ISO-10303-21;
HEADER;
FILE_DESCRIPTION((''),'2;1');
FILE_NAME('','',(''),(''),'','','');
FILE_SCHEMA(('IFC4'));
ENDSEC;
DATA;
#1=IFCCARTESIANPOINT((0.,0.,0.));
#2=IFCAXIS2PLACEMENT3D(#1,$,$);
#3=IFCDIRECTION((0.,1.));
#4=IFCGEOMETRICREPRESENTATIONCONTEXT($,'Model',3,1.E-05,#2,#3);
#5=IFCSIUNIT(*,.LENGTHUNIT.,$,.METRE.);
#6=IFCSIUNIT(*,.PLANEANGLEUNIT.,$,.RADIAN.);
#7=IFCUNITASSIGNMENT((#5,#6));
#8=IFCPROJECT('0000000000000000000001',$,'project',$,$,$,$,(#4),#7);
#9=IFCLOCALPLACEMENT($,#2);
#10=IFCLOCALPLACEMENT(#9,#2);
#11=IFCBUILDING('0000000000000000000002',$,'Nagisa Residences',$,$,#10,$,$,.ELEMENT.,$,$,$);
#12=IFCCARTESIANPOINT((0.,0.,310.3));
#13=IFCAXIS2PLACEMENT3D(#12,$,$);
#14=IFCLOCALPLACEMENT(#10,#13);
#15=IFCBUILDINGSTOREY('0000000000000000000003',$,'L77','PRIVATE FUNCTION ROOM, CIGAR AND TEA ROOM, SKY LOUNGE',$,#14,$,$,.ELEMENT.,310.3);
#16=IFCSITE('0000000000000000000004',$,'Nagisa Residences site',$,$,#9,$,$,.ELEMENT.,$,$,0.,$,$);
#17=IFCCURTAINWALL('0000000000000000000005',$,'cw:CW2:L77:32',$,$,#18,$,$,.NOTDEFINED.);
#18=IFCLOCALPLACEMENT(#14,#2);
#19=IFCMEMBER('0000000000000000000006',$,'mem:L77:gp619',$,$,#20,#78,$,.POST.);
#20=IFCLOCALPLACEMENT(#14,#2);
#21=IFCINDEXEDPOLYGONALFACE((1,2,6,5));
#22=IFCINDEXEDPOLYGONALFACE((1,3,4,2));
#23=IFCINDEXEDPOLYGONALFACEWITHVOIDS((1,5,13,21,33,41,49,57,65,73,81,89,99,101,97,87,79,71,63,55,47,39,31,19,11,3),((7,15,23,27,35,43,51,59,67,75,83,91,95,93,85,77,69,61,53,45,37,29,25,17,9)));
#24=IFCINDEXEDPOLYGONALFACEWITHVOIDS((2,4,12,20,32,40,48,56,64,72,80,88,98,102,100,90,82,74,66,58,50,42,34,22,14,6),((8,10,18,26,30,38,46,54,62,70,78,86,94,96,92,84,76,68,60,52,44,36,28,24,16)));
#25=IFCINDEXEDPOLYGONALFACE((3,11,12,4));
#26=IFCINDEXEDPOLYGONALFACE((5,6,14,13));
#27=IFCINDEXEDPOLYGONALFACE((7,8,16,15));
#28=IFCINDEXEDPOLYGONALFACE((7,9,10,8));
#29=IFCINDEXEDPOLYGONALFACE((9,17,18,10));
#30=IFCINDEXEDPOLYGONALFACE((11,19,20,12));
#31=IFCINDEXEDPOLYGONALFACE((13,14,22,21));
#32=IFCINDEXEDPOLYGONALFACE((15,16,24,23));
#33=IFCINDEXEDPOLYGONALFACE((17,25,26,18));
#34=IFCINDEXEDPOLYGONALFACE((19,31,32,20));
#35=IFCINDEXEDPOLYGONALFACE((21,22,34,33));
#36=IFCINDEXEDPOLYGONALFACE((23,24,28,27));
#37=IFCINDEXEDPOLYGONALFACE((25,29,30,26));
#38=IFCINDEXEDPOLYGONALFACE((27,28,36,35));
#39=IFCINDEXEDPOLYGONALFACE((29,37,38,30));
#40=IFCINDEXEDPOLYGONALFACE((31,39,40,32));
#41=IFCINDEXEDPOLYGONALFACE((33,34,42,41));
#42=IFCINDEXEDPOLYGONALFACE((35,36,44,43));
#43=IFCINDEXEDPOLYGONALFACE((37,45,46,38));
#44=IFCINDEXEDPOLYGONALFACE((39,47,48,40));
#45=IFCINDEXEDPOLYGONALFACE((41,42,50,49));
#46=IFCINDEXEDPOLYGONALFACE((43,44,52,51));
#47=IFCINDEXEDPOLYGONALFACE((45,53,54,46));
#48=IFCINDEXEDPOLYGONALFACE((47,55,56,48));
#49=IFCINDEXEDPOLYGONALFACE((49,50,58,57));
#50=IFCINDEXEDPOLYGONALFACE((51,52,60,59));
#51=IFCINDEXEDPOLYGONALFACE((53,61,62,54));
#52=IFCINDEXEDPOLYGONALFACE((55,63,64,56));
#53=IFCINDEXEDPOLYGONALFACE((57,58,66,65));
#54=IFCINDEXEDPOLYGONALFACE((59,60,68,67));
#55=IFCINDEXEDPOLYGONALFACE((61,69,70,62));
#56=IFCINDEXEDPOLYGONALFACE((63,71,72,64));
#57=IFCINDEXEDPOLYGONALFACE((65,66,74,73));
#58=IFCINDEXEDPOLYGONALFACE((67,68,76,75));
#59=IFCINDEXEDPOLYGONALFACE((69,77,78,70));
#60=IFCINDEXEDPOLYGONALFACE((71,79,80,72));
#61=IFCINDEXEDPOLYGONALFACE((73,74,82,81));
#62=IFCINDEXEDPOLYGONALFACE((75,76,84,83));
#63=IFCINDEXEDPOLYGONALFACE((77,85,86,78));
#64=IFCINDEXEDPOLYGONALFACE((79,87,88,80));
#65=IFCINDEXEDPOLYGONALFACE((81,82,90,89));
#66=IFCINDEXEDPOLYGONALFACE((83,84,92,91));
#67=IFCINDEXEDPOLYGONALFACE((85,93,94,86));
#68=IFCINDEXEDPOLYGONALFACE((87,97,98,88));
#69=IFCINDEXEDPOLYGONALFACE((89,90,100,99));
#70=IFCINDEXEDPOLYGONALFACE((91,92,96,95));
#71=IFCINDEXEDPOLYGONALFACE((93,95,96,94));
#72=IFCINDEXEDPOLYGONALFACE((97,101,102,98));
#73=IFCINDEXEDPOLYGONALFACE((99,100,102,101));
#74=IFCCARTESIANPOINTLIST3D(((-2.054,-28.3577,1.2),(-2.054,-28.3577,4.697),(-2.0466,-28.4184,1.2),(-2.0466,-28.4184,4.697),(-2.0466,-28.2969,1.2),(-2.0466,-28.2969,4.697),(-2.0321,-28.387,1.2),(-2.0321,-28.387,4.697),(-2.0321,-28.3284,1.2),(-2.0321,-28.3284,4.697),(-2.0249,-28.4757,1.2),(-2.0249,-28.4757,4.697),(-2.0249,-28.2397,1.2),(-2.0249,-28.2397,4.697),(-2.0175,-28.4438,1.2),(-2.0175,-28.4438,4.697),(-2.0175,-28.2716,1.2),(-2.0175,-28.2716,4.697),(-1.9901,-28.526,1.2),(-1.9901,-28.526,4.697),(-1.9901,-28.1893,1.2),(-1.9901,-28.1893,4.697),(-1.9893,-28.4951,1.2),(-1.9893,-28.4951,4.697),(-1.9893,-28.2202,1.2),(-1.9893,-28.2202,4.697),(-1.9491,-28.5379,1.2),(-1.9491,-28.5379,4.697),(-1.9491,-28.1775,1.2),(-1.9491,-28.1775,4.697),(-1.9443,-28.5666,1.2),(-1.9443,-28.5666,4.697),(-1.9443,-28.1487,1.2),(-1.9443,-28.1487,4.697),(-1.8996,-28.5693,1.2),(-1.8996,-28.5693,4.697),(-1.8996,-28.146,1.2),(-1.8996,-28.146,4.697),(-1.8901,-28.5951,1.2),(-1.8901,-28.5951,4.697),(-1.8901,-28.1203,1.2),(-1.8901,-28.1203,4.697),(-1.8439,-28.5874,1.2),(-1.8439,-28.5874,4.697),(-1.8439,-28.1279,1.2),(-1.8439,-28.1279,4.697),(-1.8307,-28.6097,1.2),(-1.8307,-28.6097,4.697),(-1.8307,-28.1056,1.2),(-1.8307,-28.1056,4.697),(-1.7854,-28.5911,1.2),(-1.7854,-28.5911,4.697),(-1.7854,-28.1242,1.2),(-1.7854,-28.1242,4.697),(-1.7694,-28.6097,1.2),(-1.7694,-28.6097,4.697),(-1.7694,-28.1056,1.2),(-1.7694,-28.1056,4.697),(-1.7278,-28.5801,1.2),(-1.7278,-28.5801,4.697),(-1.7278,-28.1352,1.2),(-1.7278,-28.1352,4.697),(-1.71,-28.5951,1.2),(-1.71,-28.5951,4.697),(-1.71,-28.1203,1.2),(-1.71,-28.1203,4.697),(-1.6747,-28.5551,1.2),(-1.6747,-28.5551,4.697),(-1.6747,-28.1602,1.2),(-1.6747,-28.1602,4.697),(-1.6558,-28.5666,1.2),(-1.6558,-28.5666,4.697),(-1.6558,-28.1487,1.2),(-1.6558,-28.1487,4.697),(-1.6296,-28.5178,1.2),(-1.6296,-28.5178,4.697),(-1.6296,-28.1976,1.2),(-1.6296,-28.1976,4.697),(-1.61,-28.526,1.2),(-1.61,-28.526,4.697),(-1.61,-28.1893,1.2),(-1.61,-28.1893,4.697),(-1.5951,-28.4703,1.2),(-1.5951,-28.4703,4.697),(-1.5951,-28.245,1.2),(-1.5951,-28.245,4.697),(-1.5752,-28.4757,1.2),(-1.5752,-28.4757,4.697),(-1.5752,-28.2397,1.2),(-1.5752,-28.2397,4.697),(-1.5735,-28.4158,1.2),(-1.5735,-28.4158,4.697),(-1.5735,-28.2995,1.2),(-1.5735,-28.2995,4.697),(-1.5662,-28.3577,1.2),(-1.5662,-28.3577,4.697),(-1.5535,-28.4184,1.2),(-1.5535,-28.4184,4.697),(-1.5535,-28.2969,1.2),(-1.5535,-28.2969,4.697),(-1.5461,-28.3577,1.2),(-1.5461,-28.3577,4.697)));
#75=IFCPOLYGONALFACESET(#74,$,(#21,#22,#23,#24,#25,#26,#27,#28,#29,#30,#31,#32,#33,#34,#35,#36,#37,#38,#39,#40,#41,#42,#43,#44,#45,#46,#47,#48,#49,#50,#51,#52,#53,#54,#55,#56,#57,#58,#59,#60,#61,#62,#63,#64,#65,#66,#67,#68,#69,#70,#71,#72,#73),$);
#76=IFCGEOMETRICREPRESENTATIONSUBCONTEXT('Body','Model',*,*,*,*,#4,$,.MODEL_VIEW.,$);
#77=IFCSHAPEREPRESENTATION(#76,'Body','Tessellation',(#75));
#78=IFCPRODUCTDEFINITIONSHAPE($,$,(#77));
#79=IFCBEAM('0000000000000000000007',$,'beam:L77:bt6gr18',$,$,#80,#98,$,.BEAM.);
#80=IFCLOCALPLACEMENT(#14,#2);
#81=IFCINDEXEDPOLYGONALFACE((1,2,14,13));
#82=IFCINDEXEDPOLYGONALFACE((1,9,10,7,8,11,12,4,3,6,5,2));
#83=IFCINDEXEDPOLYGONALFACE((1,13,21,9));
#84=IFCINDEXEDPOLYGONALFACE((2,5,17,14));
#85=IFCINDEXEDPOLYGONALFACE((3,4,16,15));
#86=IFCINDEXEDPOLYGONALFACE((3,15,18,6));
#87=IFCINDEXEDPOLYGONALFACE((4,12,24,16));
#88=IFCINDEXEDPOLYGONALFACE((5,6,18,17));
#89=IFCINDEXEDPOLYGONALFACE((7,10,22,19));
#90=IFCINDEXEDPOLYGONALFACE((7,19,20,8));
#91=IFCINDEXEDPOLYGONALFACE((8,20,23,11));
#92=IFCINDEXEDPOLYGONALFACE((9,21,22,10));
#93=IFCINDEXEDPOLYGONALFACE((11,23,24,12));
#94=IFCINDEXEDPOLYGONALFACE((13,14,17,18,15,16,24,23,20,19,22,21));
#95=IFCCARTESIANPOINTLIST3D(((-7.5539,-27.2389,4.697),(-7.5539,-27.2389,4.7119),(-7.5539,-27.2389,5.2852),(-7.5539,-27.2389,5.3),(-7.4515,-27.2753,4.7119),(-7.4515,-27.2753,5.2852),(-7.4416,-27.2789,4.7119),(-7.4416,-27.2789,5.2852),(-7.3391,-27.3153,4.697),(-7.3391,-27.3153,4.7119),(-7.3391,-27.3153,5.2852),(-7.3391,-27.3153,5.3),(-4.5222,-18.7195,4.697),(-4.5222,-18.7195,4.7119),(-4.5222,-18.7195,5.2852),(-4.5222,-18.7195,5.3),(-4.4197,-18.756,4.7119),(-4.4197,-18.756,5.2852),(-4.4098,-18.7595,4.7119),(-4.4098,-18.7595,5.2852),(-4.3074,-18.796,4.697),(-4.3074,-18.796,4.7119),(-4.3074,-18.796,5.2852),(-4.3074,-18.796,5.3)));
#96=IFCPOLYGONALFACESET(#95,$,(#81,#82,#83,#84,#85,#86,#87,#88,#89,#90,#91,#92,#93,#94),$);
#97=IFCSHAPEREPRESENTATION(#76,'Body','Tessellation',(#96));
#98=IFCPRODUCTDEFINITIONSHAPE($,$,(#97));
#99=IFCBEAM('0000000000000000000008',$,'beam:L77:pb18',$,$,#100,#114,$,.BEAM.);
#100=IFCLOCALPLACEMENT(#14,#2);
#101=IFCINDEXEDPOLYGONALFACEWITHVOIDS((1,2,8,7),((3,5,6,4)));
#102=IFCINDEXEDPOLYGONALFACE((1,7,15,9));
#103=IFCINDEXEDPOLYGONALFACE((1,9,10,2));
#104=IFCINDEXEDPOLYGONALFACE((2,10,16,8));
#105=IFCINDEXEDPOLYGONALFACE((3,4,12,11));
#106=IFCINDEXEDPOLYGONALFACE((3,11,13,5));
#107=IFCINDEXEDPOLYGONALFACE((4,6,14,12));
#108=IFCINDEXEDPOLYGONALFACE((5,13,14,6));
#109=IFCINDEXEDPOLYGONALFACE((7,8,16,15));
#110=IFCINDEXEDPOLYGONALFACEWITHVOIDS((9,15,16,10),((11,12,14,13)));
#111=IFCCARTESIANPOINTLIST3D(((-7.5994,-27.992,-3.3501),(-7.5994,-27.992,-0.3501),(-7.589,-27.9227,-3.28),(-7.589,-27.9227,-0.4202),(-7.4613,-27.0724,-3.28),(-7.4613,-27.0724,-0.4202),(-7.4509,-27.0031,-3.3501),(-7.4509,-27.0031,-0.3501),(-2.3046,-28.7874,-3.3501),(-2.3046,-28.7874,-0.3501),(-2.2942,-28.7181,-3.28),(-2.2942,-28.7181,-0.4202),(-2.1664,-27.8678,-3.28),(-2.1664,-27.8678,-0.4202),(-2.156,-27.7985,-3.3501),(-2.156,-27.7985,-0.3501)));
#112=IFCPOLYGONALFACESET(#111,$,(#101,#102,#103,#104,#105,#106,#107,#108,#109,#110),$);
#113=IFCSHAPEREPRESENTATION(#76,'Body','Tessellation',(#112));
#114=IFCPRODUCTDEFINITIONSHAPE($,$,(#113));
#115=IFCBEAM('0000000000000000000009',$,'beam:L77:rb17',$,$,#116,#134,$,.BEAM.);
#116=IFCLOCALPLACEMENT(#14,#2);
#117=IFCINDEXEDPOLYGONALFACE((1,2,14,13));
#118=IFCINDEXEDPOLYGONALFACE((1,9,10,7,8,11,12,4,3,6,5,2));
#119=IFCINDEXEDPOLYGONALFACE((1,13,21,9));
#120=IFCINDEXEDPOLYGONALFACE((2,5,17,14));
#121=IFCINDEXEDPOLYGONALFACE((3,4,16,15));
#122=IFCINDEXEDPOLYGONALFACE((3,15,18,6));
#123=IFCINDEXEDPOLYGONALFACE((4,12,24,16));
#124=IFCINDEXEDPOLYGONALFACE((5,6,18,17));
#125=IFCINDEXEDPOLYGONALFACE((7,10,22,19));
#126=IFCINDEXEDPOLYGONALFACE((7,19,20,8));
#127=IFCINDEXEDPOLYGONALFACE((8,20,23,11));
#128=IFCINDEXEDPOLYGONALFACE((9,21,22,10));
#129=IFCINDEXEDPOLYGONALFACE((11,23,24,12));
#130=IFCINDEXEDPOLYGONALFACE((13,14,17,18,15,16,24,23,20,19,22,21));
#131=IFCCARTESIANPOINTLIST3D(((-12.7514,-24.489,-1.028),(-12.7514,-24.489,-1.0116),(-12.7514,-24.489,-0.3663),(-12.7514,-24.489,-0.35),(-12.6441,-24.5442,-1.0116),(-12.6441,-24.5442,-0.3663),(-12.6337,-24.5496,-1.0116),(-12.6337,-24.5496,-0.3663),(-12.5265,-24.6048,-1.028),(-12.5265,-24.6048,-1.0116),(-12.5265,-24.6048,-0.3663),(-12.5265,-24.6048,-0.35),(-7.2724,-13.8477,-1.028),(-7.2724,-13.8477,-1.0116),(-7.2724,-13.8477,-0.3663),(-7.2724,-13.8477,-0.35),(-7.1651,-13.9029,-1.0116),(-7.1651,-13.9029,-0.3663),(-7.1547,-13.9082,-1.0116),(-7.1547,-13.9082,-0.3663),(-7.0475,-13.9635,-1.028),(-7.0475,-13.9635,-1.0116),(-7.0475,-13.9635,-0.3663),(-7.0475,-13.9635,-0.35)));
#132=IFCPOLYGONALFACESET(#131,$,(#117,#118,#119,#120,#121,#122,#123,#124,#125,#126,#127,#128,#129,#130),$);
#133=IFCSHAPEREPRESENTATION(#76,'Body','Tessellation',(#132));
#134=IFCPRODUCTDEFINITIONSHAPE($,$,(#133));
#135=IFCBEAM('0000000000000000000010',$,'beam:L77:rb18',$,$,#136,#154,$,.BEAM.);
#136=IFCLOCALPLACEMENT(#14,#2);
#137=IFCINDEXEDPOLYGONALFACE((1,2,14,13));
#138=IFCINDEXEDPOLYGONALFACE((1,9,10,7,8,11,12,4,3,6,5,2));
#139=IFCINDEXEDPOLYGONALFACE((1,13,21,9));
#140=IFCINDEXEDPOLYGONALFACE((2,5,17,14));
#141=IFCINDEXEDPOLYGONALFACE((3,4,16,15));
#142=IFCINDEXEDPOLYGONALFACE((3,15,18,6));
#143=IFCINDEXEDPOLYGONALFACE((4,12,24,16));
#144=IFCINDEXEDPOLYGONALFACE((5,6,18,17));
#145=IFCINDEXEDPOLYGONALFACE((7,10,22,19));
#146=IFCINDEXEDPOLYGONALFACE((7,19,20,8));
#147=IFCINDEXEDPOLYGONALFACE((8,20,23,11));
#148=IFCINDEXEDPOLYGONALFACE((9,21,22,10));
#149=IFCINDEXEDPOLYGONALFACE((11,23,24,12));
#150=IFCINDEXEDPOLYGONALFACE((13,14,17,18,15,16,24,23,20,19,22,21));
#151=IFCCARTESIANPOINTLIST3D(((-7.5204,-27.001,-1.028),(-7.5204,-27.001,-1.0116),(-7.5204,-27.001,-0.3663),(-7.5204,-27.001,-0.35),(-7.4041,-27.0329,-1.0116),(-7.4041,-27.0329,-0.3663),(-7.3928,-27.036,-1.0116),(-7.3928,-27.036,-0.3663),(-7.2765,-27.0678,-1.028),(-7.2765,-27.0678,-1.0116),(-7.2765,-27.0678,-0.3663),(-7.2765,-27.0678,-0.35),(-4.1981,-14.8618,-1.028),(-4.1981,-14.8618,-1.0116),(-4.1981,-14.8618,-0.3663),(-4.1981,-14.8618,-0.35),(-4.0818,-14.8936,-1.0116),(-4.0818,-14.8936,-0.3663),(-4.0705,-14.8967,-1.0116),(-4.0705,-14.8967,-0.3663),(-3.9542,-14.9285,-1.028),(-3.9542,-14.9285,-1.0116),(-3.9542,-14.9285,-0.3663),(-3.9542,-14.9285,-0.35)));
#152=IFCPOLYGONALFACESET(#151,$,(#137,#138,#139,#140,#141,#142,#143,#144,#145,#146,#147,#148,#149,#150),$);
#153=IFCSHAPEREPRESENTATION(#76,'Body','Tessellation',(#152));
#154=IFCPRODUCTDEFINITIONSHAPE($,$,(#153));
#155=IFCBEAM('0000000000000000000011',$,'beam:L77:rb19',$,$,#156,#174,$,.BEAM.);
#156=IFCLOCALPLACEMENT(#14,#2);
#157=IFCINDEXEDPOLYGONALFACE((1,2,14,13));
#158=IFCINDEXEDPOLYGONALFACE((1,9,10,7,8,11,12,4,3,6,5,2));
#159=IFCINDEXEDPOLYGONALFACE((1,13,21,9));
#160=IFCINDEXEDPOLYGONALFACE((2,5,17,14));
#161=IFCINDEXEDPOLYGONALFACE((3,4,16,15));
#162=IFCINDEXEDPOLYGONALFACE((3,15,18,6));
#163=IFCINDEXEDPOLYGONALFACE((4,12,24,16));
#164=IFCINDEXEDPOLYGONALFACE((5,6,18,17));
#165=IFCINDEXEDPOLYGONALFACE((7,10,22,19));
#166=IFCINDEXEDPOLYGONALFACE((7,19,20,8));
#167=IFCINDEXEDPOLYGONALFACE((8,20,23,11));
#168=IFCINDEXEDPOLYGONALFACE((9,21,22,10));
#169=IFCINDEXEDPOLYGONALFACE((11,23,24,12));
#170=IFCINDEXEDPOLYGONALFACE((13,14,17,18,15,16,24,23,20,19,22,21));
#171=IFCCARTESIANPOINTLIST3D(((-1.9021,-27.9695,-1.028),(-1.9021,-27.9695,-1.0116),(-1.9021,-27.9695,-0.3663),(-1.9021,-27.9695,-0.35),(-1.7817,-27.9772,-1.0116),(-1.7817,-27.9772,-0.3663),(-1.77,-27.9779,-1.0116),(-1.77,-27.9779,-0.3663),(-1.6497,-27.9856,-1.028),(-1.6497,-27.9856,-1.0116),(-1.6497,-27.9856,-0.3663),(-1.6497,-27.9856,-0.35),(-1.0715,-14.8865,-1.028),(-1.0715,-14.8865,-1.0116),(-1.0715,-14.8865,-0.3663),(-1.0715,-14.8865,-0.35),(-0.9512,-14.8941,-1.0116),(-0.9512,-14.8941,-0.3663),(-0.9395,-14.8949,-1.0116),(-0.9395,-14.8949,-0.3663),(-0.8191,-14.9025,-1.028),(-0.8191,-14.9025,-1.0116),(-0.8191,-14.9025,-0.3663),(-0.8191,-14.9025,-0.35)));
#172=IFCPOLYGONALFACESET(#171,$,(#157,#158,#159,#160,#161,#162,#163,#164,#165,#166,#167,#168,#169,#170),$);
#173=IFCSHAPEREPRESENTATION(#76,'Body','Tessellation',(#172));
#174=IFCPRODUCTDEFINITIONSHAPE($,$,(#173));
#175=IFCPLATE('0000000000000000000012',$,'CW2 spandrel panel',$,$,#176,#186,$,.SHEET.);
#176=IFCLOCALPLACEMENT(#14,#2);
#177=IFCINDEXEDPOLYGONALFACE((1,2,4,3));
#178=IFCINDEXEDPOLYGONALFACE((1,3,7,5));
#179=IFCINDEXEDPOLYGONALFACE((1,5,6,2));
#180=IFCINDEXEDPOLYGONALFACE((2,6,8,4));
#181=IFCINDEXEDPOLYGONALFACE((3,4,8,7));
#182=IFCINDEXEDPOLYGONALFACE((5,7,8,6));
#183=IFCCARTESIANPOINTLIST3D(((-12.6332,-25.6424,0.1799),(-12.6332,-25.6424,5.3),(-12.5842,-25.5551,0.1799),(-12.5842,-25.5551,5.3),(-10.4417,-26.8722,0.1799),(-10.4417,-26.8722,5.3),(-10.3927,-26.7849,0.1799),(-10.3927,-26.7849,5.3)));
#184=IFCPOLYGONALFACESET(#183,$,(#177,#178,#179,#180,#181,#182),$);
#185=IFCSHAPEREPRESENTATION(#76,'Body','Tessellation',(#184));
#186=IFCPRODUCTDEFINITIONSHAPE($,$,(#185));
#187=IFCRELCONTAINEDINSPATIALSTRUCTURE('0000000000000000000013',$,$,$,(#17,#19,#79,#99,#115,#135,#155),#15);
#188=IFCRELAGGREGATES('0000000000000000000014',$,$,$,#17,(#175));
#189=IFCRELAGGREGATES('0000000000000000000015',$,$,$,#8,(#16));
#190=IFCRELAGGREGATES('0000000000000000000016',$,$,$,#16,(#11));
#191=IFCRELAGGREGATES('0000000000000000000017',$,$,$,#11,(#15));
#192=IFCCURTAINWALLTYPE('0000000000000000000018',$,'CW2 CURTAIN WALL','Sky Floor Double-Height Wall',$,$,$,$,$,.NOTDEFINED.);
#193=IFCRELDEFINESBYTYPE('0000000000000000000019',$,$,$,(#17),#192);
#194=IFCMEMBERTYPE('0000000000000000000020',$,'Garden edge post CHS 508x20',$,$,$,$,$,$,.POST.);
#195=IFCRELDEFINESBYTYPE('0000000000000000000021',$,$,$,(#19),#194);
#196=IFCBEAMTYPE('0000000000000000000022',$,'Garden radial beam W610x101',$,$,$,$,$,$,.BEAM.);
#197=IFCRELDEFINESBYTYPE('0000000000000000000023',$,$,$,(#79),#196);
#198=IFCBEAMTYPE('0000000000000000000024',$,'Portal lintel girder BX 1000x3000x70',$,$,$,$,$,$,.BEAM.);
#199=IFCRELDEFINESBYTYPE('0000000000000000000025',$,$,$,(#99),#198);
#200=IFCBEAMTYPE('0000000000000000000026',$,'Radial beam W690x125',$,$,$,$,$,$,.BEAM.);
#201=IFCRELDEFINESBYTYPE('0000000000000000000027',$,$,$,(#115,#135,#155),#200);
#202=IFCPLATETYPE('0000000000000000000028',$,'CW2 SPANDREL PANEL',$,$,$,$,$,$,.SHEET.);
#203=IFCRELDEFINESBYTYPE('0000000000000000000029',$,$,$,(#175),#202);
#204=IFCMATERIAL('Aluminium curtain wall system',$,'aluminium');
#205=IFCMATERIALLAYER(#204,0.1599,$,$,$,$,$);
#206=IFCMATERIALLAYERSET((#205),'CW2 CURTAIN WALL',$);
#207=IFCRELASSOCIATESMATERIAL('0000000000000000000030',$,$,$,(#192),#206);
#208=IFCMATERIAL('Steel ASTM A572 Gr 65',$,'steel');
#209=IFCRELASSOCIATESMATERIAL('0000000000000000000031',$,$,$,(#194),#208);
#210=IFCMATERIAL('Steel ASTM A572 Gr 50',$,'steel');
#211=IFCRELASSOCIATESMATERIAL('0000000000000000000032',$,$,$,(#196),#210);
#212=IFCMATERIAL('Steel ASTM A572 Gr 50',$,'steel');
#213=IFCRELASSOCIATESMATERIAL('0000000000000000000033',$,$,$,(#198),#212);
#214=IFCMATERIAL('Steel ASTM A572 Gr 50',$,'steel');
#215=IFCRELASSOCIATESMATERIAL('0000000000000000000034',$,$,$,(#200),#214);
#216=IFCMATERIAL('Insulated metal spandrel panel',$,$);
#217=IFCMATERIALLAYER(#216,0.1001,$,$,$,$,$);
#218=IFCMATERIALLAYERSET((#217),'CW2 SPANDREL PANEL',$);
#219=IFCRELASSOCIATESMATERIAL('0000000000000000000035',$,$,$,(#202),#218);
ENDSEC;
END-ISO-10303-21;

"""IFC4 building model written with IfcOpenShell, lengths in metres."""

from ifc_helpers import new_model, si_unit, direction, frame, origin, origin_2d, place, context, subcontext, project, spatial, rectangle, hollow_rectangle, hollow_circle, i_section, extrude, material, layer, layer_set, material_profile, profile_set, type_object, element, aggregate, save


model = new_model("IFC4")

# Units and contexts
model_context = context("Model", 3, precision=1e-05, world=origin(), true_north=direction((0.0, 1.0)))
body_context = subcontext(model_context, "Body", "Model", "MODEL_VIEW")
ifc_project = project(units=[si_unit("LENGTHUNIT", "METRE"), si_unit("PLANEANGLEUNIT", "RADIAN")], contexts=[model_context])

# Site, building, storey
site_placement = place(None, origin())
site = spatial("IfcSite", under=ifc_project, at=site_placement, Name="Nagisa Residences site", CompositionType="ELEMENT", RefElevation=0.0)
building_placement = place(site_placement, origin())
building = spatial("IfcBuilding", under=site, at=building_placement, Name="Nagisa Residences", CompositionType="ELEMENT")
storey_placement = place(building_placement, frame((0.0, 0.0, 310.3)))
storey = spatial("IfcBuildingStorey", under=building, at=storey_placement, Name="L77", Description="PRIVATE FUNCTION ROOM, CIGAR AND TEA ROOM, SKY LOUNGE", CompositionType="ELEMENT", Elevation=310.3)

# Curtain wall
ifc_material_1 = material(Name="Aluminium curtain wall system", Category="aluminium")
ifc_layer_1 = layer(ifc_material_1, 0.1599)
ifc_layer_set_1 = layer_set([ifc_layer_1], Name="CW2 CURTAIN WALL")
curtain_wall_type = type_object("IfcCurtainWallType", Name="CW2 CURTAIN WALL", Description="Sky Floor Double-Height Wall", PredefinedType="NOTDEFINED", material=ifc_layer_set_1)
curtain_wall_1_placement = place(storey_placement, origin())
curtain_wall_1 = element("IfcCurtainWall", 1, at=curtain_wall_1_placement, inside=storey, type_object=curtain_wall_type, Name="cw:CW2:L77:32", PredefinedType="NOTDEFINED")

# Member
ifc_material_2 = material(Name="Steel ASTM A572 Gr 65", Category="steel")
ifc_material_profile_1 = material_profile(ifc_material_2, hollow_circle(Radius=0.2539, WallThickness=0.02, at=origin_2d()), Name="CHS 508x20")
ifc_profile_set_1 = profile_set([ifc_material_profile_1], Name="Steel ASTM A572 Gr 65")
member_type_1 = type_object("IfcMemberType", Name="Garden edge post CHS 508x20", PredefinedType="POST", material=ifc_profile_set_1)
for number, where, z_axis, x_axis, name in (
    (2, (-1.8, -28.3577, 1.2), (0.0, 0.0, 1.0), (1.0, 0.0, 0.0), "mem:L77:gp619"),
):
    element("IfcMember", number, at=place(storey_placement, frame(where, z_axis=z_axis, x_axis=x_axis)), inside=storey, type_object=member_type_1, Name=name, PredefinedType="POST", context=body_context, shape_type="SweptSolid", body=[
        extrude(hollow_circle(Radius=0.2539, WallThickness=0.02, at=origin_2d()), origin(), (0.0, 0.0, 1.0), 3.4971),
    ])

# Beams
ifc_material_3 = material(Name="Steel ASTM A572 Gr 50", Category="steel")
ifc_material_profile_2 = material_profile(ifc_material_3, i_section(OverallWidth=0.228, OverallDepth=0.603, WebThickness=0.0105, FlangeThickness=0.0149, at=origin_2d()), Name="W610x101")
ifc_profile_set_2 = profile_set([ifc_material_profile_2], Name="Steel ASTM A572 Gr 50")
beam_type_1 = type_object("IfcBeamType", Name="Garden radial beam W610x101", PredefinedType="BEAM", material=ifc_profile_set_2)
beam_1_placement = place(storey_placement, frame((-7.4465, -27.2771, 4.9985), z_axis=(0.335271, 0.942122, 0.0), x_axis=(-0.942122, 0.335271, 0.0)))
element("IfcBeam", 3, at=beam_1_placement, inside=storey, type_object=beam_type_1, Name="beam:L77:bt6gr18", PredefinedType="BEAM", context=body_context, shape_type="SweptSolid", body=[
    extrude(i_section(OverallWidth=0.228, OverallDepth=0.603, WebThickness=0.0105, FlangeThickness=0.0149, at=origin_2d()), origin(), (0.0, 0.0, 1.0), 9.0427),
])
ifc_material_4 = material(Name="Steel ASTM A572 Gr 50", Category="steel")
ifc_material_profile_3 = material_profile(ifc_material_4, hollow_rectangle(XDim=1.0, YDim=3.0, WallThickness=0.0701, at=origin_2d()), Name="BX 1000x3000x70")
ifc_profile_set_3 = profile_set([ifc_material_profile_3], Name="Steel ASTM A572 Gr 50")
beam_type_2 = type_object("IfcBeamType", Name="Portal lintel girder BX 1000x3000x70", PredefinedType="BEAM", material=ifc_profile_set_3)
beam_2_placement = place(storey_placement, frame((-7.5251, -27.4976, -1.8501), z_axis=(0.988904, -0.148554, 0.0), x_axis=(0.148554, 0.988904, 0.0)))
element("IfcBeam", 4, at=beam_2_placement, inside=storey, type_object=beam_type_2, Name="beam:L77:pb18", PredefinedType="BEAM", context=body_context, shape_type="SweptSolid", body=[
    extrude(hollow_rectangle(XDim=1.0, YDim=3.0, WallThickness=0.0701, at=origin_2d()), origin(), (0.0, 0.0, 1.0), 5.3542),
])
ifc_material_5 = material(Name="Steel ASTM A572 Gr 50", Category="steel")
ifc_material_profile_4 = material_profile(ifc_material_5, i_section(OverallWidth=0.2529, OverallDepth=0.678, WebThickness=0.0117, FlangeThickness=0.0164, at=origin_2d()), Name="W690x125")
ifc_profile_set_4 = profile_set([ifc_material_profile_4], Name="Steel ASTM A572 Gr 50")
beam_type_3 = type_object("IfcBeamType", Name="Radial beam W690x125", PredefinedType="BEAM", material=ifc_profile_set_4)
beam_3_placement = place(storey_placement, frame((-12.6389, -24.5469, -0.689), z_axis=(0.457765, 0.889073, 0.0), x_axis=(-0.889073, 0.457765, 0.0)))
element("IfcBeam", 5, at=beam_3_placement, inside=storey, type_object=beam_type_3, Name="beam:L77:rb17", PredefinedType="BEAM", context=body_context, shape_type="SweptSolid", body=[
    extrude(i_section(OverallWidth=0.2529, OverallDepth=0.678, WebThickness=0.0117, FlangeThickness=0.0164, at=origin_2d()), origin(), (0.0, 0.0, 1.0), 11.969),
])
beam_4_placement = place(storey_placement, frame((-7.3984, -27.0344, -0.689), z_axis=(0.263974, 0.96453, 0.0), x_axis=(-0.96453, 0.263974, 0.0)))
element("IfcBeam", 6, at=beam_4_placement, inside=storey, type_object=beam_type_3, Name="beam:L77:rb18", PredefinedType="BEAM", context=body_context, shape_type="SweptSolid", body=[
    extrude(i_section(OverallWidth=0.2529, OverallDepth=0.678, WebThickness=0.0117, FlangeThickness=0.0164, at=origin_2d()), origin(), (0.0, 0.0, 1.0), 12.5857),
])
beam_5_placement = place(storey_placement, frame((-1.7759, -27.9775, -0.689), z_axis=(0.063357, 0.997991, 0.0), x_axis=(-0.997991, 0.063357, 0.0)))
element("IfcBeam", 7, at=beam_5_placement, inside=storey, type_object=beam_type_3, Name="beam:L77:rb19", PredefinedType="BEAM", context=body_context, shape_type="SweptSolid", body=[
    extrude(i_section(OverallWidth=0.2529, OverallDepth=0.678, WebThickness=0.0117, FlangeThickness=0.0164, at=origin_2d()), origin(), (0.0, 0.0, 1.0), 13.1094),
])

# Plate
ifc_material_6 = material(Name="Insulated metal spandrel panel")
ifc_layer_2 = layer(ifc_material_6, 0.1001)
ifc_layer_set_2 = layer_set([ifc_layer_2], Name="CW2 SPANDREL PANEL")
plate_type = type_object("IfcPlateType", Name="CW2 SPANDREL PANEL", PredefinedType="SHEET", material=ifc_layer_set_2)
plate_1_placement = place(storey_placement, frame((-11.5129, -26.2136, 0.1799), z_axis=(0.0, 0.0, 1.0), x_axis=(0.872072, -0.489377, 0.0)))
plate_1 = element("IfcPlate", 8, at=plate_1_placement, type_object=plate_type, Name="CW2 spandrel panel", PredefinedType="SHEET", context=body_context, shape_type="SweptSolid", body=[
    extrude(rectangle(XDim=2.5129, YDim=0.1001, at=origin_2d()), origin(), (0.0, 0.0, 1.0), 5.1201),
])
aggregate(curtain_wall_1, [plate_1])

save(model, "model.ifc")
